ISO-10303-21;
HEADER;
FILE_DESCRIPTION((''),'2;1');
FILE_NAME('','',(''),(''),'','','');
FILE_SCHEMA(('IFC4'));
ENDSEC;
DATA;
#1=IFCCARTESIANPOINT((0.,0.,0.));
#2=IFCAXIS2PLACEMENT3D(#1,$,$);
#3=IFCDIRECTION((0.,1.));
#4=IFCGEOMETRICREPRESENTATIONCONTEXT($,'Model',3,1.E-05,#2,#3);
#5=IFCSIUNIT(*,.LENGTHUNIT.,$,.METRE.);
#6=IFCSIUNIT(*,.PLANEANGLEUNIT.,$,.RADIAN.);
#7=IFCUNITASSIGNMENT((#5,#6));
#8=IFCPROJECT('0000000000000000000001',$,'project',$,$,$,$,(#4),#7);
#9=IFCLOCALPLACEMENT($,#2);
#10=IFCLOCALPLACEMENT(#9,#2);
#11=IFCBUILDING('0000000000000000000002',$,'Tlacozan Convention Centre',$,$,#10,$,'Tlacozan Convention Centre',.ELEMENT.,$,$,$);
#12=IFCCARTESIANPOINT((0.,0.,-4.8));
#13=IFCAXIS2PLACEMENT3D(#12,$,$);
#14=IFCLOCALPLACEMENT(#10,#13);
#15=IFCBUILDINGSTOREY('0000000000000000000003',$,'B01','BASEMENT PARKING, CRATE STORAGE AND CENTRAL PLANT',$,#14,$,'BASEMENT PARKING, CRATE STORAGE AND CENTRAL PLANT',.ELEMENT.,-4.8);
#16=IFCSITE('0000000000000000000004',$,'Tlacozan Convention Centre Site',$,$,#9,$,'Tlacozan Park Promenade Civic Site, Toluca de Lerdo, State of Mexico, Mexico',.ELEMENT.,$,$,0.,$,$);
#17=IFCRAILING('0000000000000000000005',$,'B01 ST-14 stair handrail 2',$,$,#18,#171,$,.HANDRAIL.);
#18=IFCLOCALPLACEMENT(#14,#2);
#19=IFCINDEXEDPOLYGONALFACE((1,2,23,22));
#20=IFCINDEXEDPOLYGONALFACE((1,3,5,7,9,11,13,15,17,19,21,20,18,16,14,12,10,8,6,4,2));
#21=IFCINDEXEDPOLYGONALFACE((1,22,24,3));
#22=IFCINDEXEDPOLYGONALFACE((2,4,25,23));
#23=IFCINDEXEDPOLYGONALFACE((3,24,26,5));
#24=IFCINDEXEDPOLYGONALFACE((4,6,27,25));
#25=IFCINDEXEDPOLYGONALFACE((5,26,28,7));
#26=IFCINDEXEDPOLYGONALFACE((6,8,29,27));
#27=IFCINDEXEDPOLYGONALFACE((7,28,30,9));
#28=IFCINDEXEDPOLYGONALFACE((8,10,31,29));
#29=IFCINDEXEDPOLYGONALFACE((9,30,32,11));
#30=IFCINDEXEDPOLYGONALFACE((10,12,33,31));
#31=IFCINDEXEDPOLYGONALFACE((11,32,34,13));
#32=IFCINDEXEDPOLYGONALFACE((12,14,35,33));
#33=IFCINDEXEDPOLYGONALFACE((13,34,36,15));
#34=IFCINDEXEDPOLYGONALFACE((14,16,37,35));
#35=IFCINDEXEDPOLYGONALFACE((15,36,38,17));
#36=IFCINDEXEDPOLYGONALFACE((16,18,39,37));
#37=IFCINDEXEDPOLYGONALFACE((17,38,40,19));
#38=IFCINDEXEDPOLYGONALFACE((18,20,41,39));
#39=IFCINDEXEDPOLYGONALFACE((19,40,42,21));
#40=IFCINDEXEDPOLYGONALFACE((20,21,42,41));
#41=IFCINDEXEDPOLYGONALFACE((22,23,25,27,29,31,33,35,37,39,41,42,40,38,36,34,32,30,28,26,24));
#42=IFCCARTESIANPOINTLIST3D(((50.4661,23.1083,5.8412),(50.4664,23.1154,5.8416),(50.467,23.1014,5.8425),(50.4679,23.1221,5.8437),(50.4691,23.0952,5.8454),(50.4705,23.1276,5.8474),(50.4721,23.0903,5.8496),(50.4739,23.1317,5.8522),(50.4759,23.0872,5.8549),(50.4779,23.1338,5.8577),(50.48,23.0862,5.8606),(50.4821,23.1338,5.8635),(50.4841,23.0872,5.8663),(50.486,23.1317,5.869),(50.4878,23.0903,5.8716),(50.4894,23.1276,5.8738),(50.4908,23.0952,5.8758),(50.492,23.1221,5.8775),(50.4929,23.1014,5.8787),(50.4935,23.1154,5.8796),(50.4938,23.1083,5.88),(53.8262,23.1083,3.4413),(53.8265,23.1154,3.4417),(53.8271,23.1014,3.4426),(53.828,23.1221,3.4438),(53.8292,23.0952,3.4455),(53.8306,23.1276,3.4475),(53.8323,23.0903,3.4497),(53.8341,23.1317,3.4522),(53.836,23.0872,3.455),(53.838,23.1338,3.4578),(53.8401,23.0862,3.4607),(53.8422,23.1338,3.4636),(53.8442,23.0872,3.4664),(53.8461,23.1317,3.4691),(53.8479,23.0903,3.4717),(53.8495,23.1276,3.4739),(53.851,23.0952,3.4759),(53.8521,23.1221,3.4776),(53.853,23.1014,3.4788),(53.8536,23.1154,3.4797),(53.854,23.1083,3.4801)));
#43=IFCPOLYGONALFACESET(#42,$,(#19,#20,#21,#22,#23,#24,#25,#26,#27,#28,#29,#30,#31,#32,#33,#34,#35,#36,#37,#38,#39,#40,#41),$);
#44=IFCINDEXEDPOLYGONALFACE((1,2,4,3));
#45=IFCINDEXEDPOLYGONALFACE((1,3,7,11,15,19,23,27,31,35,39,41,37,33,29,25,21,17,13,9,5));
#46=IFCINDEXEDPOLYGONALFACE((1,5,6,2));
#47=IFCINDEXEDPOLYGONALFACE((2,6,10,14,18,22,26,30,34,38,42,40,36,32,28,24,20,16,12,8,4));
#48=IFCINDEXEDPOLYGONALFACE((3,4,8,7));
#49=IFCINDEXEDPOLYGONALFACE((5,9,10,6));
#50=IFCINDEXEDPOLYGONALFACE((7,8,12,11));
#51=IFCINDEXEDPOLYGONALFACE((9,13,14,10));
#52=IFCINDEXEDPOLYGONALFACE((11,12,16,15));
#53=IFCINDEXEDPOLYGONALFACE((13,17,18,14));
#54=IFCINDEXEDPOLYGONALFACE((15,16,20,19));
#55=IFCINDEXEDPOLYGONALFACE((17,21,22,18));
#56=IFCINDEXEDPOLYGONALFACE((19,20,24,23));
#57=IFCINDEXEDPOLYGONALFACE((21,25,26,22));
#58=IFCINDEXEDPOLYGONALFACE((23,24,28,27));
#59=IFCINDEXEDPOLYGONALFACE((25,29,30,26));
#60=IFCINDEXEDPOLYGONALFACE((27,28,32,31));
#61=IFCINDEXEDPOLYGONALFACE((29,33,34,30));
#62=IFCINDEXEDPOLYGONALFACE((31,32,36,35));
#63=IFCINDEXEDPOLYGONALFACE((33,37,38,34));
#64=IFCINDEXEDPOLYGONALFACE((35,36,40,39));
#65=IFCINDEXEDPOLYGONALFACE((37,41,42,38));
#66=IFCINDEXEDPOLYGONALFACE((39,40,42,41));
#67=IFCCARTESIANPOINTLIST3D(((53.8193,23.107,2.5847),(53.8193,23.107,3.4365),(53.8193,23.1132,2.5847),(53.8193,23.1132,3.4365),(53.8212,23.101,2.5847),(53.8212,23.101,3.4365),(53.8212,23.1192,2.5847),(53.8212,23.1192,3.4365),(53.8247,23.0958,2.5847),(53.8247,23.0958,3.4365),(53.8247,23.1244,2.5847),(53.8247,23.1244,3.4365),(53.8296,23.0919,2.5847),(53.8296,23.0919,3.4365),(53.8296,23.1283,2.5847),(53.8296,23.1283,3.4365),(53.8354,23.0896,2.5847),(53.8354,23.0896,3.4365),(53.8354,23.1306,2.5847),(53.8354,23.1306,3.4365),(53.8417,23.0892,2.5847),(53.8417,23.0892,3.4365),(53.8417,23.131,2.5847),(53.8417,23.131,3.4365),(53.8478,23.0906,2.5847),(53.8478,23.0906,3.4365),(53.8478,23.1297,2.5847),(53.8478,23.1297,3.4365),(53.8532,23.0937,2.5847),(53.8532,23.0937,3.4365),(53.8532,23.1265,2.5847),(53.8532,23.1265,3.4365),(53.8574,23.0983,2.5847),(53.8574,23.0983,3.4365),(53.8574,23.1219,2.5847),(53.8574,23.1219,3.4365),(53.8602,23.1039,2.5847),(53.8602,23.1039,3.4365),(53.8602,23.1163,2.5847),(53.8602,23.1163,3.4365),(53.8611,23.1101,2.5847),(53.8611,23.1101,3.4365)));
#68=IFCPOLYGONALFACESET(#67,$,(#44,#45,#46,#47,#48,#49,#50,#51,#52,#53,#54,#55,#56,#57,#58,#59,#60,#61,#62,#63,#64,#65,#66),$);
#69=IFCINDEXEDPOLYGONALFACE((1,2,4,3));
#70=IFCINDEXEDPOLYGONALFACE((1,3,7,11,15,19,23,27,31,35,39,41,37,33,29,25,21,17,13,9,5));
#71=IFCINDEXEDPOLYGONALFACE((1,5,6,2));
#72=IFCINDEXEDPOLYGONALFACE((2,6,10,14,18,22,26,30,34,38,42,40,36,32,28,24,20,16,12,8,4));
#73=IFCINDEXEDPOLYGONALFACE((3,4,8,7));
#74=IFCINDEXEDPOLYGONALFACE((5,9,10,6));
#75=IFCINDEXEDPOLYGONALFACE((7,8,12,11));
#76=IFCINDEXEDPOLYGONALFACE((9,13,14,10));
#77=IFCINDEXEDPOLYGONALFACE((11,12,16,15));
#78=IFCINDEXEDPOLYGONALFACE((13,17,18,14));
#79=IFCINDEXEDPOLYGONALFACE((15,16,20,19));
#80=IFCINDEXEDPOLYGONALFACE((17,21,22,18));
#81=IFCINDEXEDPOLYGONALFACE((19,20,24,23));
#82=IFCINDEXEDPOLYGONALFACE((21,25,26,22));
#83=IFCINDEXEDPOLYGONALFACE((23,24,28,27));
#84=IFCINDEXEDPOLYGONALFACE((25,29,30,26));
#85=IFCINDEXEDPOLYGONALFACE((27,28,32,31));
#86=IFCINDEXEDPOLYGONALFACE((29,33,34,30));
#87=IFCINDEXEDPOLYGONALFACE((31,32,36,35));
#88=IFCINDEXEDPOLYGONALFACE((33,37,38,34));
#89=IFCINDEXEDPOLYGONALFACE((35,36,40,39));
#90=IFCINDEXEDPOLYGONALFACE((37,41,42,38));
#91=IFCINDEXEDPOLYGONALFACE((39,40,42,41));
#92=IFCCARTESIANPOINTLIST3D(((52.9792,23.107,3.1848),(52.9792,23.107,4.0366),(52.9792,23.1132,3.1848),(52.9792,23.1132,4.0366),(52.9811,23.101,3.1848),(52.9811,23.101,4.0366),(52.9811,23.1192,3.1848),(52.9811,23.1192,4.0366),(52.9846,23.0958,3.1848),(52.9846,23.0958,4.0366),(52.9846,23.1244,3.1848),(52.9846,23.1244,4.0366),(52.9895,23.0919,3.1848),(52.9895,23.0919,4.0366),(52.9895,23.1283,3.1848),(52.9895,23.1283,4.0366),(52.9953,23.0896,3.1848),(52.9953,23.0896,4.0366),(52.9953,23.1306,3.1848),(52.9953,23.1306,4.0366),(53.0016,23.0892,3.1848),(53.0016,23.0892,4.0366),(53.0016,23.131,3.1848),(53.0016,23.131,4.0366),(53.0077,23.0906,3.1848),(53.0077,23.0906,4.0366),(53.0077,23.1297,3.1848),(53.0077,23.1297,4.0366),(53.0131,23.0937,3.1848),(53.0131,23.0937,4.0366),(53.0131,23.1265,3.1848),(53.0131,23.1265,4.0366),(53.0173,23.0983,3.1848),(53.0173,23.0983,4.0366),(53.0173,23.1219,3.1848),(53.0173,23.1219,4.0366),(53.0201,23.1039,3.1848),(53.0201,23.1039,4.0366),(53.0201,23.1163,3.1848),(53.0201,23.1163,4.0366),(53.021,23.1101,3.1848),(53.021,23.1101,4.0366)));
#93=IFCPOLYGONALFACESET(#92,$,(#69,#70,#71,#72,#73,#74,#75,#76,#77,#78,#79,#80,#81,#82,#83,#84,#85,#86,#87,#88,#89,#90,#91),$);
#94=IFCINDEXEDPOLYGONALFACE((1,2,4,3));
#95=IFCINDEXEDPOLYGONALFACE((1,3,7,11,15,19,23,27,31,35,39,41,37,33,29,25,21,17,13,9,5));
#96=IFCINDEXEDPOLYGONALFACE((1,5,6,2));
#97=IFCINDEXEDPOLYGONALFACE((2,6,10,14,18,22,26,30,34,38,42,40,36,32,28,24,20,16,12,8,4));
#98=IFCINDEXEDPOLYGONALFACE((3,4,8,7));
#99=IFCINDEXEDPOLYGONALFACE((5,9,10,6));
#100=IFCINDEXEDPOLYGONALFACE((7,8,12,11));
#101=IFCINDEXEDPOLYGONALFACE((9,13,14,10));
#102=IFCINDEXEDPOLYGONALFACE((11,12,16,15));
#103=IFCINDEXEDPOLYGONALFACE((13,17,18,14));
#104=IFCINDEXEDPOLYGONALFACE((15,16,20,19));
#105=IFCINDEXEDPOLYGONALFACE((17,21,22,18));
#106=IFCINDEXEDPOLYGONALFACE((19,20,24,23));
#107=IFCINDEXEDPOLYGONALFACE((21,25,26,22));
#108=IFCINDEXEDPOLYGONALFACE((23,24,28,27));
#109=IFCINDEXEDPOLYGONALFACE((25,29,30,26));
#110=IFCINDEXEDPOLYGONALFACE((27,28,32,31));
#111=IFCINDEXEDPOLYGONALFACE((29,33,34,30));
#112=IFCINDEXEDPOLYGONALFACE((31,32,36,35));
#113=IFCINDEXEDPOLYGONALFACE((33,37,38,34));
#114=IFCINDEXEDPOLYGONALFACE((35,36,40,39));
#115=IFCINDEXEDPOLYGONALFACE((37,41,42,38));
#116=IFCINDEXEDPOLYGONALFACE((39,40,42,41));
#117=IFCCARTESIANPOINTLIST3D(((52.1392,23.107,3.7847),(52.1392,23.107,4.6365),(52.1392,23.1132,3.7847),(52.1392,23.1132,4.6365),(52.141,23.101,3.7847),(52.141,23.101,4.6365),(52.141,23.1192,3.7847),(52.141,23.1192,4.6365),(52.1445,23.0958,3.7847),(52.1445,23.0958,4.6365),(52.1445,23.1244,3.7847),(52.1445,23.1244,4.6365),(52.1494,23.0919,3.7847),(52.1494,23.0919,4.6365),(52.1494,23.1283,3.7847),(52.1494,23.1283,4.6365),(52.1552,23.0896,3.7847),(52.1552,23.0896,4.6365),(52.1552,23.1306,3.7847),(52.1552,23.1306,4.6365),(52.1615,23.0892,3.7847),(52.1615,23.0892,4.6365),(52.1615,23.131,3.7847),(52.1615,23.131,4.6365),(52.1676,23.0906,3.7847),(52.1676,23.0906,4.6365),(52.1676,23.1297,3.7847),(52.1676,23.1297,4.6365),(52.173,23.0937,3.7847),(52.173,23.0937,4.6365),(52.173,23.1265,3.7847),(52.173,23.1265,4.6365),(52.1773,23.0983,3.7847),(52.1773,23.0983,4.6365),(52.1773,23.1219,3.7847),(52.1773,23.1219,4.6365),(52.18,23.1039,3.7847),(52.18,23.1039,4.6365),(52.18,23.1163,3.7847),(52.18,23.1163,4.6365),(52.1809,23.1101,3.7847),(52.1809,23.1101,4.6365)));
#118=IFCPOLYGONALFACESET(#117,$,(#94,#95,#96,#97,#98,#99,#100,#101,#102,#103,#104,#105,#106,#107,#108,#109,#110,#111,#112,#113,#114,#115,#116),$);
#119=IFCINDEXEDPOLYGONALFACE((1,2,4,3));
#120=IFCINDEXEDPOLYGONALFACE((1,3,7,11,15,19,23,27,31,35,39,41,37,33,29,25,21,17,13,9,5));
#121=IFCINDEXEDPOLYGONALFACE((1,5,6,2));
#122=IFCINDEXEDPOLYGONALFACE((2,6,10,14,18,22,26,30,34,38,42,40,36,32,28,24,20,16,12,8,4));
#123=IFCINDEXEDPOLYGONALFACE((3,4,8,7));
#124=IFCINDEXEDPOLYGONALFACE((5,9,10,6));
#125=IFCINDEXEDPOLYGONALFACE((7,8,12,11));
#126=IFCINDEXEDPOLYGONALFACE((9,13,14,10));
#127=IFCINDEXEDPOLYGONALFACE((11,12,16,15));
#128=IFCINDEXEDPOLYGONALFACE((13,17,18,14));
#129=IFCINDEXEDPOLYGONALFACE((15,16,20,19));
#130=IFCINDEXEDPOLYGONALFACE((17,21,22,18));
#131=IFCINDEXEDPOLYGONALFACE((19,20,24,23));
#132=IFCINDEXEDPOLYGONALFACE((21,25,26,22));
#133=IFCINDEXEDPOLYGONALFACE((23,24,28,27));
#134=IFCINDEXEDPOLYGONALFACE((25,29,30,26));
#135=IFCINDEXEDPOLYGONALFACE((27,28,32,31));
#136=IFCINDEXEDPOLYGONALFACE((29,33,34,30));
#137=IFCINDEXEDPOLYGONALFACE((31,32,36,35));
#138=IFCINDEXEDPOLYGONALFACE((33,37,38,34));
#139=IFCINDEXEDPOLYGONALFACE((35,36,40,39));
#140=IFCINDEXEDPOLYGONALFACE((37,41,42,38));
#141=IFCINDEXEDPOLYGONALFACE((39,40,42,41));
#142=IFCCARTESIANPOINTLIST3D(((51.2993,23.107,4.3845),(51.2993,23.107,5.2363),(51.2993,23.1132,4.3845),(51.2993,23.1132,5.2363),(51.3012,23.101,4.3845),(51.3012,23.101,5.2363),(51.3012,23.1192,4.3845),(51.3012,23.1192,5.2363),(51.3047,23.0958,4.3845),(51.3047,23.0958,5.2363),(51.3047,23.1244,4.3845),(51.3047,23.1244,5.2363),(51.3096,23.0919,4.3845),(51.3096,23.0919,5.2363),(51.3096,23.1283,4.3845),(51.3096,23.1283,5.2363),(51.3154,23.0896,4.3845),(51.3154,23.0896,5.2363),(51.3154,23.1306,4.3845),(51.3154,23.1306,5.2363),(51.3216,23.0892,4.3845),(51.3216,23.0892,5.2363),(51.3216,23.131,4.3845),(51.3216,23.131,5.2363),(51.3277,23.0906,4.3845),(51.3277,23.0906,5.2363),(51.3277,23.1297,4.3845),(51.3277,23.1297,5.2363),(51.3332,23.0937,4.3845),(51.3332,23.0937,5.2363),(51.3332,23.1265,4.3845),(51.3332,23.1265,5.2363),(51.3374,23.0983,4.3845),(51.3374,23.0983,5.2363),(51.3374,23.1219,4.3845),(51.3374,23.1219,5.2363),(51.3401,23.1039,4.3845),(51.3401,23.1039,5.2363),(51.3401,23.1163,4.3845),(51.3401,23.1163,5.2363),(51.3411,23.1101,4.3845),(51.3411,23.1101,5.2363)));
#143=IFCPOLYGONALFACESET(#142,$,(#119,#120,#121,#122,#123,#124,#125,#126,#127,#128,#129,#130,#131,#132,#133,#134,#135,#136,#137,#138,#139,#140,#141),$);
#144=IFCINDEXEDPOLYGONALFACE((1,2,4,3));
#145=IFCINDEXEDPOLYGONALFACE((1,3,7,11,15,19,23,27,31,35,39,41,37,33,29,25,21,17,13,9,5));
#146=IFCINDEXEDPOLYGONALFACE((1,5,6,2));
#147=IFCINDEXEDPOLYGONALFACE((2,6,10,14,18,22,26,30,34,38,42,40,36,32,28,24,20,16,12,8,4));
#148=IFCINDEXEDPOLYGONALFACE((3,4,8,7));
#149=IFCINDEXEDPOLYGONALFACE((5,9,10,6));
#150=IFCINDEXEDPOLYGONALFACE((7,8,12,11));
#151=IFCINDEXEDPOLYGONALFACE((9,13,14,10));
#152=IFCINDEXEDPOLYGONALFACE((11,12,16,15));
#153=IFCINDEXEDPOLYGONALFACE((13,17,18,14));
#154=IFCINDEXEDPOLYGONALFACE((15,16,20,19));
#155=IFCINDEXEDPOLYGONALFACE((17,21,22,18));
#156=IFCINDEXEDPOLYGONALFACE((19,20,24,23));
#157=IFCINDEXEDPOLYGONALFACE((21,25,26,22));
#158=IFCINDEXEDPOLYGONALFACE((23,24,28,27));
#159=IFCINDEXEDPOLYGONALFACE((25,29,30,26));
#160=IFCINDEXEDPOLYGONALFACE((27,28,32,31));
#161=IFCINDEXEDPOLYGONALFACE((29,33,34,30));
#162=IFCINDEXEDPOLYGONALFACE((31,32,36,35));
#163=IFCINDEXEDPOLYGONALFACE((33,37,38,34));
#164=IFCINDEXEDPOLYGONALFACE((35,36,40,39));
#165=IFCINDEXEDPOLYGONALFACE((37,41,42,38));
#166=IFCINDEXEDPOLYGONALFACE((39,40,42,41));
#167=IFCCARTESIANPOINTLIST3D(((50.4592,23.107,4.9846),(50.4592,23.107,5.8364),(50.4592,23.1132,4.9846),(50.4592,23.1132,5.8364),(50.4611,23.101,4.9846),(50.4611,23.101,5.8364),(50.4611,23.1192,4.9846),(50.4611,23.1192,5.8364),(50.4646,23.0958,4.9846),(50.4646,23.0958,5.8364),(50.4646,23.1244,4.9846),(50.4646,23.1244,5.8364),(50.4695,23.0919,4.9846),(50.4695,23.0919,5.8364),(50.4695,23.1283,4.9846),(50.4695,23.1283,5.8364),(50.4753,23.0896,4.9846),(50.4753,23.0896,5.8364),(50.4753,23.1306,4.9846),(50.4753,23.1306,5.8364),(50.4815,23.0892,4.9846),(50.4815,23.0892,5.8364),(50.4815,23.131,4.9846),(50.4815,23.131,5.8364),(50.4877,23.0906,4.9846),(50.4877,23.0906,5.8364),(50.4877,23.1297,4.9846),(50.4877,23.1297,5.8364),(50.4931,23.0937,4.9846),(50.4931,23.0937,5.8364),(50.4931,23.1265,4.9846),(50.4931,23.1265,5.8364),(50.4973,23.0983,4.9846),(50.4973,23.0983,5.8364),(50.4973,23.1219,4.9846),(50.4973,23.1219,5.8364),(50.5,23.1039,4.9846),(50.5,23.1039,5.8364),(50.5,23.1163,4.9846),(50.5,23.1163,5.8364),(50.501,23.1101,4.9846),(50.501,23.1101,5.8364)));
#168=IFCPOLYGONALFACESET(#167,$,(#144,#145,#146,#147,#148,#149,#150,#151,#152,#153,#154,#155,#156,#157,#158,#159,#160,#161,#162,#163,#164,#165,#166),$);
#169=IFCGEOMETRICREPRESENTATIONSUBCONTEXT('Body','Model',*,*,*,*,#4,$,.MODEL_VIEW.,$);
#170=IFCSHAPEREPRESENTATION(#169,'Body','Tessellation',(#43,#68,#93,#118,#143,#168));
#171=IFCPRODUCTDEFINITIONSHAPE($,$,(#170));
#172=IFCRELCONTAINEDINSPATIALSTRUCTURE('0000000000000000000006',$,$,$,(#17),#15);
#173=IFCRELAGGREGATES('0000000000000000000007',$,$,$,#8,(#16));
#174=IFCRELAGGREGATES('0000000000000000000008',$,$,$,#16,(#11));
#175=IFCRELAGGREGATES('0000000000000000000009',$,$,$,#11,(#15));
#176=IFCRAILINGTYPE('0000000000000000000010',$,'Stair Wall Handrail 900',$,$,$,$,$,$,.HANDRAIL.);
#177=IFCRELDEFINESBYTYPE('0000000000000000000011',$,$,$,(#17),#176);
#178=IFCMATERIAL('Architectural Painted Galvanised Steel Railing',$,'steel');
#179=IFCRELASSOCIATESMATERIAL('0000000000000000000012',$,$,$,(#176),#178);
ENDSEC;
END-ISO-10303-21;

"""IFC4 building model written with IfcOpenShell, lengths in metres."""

from ifc_helpers import new_model, si_unit, direction, frame, origin, origin_2d, place, context, subcontext, project, spatial, circle, extrude, material, type_object, element, save


model = new_model("IFC4")

# Units and contexts
model_context = context("Model", 3, precision=1e-05, world=origin(), true_north=direction((0.0, 1.0)))
body_context = subcontext(model_context, "Body", "Model", "MODEL_VIEW")
ifc_project = project(units=[si_unit("LENGTHUNIT", "METRE"), si_unit("PLANEANGLEUNIT", "RADIAN")], contexts=[model_context])

# Site, building, storey
site_placement = place(None, origin())
site = spatial("IfcSite", under=ifc_project, at=site_placement, Name="Tlacozan Convention Centre Site", LongName="Tlacozan Park Promenade Civic Site, Toluca de Lerdo, State of Mexico, Mexico", CompositionType="ELEMENT", RefElevation=0.0)
building_placement = place(site_placement, origin())
building = spatial("IfcBuilding", under=site, at=building_placement, Name="Tlacozan Convention Centre", LongName="Tlacozan Convention Centre", CompositionType="ELEMENT")
storey_placement = place(building_placement, frame((0.0, 0.0, -4.8)))
storey = spatial("IfcBuildingStorey", under=building, at=storey_placement, Name="B01", Description="BASEMENT PARKING, CRATE STORAGE AND CENTRAL PLANT", LongName="BASEMENT PARKING, CRATE STORAGE AND CENTRAL PLANT", CompositionType="ELEMENT", Elevation=-4.8)

# Railing
ifc_material_1 = material(Name="Architectural Painted Galvanised Steel Railing", Category="steel")
railing_type_1 = type_object("IfcRailingType", Name="Stair Wall Handrail 900", PredefinedType="HANDRAIL", material=ifc_material_1)
railing_1_placement = place(storey_placement, frame((53.8401, 23.1101, 2.5847)))
element("IfcRailing", 1, at=railing_1_placement, inside=storey, type_object=railing_type_1, Name="B01 ST-14 stair handrail 2", PredefinedType="HANDRAIL", context=body_context, shape_type="SweptSolid", body=[
    extrude(circle(Radius=0.0239, at=origin_2d()), frame((0.0, 0.0, 0.876), z_axis=(-0.813753, 0.0, 0.58121), x_axis=(0.0, -1.0, 0.0)), (0.0, 0.0, 1.0), 4.1292),
    extrude(circle(Radius=0.021, at=origin_2d()), origin(), (0.0, 0.0, 1.0), 0.8518),
    extrude(circle(Radius=0.021, at=origin_2d()), frame((-0.8401, 0.0, 0.6001)), (0.0, 0.0, 1.0), 0.8518),
    extrude(circle(Radius=0.021, at=origin_2d()), frame((-1.6802, 0.0, 1.2)), (0.0, 0.0, 1.0), 0.8518),
    extrude(circle(Radius=0.021, at=origin_2d()), frame((-2.52, 0.0, 1.7998)), (0.0, 0.0, 1.0), 0.8518),
    extrude(circle(Radius=0.021, at=origin_2d()), frame((-3.3601, 0.0, 2.3999)), (0.0, 0.0, 1.0), 0.8518),
])

save(model, "model.ifc")
